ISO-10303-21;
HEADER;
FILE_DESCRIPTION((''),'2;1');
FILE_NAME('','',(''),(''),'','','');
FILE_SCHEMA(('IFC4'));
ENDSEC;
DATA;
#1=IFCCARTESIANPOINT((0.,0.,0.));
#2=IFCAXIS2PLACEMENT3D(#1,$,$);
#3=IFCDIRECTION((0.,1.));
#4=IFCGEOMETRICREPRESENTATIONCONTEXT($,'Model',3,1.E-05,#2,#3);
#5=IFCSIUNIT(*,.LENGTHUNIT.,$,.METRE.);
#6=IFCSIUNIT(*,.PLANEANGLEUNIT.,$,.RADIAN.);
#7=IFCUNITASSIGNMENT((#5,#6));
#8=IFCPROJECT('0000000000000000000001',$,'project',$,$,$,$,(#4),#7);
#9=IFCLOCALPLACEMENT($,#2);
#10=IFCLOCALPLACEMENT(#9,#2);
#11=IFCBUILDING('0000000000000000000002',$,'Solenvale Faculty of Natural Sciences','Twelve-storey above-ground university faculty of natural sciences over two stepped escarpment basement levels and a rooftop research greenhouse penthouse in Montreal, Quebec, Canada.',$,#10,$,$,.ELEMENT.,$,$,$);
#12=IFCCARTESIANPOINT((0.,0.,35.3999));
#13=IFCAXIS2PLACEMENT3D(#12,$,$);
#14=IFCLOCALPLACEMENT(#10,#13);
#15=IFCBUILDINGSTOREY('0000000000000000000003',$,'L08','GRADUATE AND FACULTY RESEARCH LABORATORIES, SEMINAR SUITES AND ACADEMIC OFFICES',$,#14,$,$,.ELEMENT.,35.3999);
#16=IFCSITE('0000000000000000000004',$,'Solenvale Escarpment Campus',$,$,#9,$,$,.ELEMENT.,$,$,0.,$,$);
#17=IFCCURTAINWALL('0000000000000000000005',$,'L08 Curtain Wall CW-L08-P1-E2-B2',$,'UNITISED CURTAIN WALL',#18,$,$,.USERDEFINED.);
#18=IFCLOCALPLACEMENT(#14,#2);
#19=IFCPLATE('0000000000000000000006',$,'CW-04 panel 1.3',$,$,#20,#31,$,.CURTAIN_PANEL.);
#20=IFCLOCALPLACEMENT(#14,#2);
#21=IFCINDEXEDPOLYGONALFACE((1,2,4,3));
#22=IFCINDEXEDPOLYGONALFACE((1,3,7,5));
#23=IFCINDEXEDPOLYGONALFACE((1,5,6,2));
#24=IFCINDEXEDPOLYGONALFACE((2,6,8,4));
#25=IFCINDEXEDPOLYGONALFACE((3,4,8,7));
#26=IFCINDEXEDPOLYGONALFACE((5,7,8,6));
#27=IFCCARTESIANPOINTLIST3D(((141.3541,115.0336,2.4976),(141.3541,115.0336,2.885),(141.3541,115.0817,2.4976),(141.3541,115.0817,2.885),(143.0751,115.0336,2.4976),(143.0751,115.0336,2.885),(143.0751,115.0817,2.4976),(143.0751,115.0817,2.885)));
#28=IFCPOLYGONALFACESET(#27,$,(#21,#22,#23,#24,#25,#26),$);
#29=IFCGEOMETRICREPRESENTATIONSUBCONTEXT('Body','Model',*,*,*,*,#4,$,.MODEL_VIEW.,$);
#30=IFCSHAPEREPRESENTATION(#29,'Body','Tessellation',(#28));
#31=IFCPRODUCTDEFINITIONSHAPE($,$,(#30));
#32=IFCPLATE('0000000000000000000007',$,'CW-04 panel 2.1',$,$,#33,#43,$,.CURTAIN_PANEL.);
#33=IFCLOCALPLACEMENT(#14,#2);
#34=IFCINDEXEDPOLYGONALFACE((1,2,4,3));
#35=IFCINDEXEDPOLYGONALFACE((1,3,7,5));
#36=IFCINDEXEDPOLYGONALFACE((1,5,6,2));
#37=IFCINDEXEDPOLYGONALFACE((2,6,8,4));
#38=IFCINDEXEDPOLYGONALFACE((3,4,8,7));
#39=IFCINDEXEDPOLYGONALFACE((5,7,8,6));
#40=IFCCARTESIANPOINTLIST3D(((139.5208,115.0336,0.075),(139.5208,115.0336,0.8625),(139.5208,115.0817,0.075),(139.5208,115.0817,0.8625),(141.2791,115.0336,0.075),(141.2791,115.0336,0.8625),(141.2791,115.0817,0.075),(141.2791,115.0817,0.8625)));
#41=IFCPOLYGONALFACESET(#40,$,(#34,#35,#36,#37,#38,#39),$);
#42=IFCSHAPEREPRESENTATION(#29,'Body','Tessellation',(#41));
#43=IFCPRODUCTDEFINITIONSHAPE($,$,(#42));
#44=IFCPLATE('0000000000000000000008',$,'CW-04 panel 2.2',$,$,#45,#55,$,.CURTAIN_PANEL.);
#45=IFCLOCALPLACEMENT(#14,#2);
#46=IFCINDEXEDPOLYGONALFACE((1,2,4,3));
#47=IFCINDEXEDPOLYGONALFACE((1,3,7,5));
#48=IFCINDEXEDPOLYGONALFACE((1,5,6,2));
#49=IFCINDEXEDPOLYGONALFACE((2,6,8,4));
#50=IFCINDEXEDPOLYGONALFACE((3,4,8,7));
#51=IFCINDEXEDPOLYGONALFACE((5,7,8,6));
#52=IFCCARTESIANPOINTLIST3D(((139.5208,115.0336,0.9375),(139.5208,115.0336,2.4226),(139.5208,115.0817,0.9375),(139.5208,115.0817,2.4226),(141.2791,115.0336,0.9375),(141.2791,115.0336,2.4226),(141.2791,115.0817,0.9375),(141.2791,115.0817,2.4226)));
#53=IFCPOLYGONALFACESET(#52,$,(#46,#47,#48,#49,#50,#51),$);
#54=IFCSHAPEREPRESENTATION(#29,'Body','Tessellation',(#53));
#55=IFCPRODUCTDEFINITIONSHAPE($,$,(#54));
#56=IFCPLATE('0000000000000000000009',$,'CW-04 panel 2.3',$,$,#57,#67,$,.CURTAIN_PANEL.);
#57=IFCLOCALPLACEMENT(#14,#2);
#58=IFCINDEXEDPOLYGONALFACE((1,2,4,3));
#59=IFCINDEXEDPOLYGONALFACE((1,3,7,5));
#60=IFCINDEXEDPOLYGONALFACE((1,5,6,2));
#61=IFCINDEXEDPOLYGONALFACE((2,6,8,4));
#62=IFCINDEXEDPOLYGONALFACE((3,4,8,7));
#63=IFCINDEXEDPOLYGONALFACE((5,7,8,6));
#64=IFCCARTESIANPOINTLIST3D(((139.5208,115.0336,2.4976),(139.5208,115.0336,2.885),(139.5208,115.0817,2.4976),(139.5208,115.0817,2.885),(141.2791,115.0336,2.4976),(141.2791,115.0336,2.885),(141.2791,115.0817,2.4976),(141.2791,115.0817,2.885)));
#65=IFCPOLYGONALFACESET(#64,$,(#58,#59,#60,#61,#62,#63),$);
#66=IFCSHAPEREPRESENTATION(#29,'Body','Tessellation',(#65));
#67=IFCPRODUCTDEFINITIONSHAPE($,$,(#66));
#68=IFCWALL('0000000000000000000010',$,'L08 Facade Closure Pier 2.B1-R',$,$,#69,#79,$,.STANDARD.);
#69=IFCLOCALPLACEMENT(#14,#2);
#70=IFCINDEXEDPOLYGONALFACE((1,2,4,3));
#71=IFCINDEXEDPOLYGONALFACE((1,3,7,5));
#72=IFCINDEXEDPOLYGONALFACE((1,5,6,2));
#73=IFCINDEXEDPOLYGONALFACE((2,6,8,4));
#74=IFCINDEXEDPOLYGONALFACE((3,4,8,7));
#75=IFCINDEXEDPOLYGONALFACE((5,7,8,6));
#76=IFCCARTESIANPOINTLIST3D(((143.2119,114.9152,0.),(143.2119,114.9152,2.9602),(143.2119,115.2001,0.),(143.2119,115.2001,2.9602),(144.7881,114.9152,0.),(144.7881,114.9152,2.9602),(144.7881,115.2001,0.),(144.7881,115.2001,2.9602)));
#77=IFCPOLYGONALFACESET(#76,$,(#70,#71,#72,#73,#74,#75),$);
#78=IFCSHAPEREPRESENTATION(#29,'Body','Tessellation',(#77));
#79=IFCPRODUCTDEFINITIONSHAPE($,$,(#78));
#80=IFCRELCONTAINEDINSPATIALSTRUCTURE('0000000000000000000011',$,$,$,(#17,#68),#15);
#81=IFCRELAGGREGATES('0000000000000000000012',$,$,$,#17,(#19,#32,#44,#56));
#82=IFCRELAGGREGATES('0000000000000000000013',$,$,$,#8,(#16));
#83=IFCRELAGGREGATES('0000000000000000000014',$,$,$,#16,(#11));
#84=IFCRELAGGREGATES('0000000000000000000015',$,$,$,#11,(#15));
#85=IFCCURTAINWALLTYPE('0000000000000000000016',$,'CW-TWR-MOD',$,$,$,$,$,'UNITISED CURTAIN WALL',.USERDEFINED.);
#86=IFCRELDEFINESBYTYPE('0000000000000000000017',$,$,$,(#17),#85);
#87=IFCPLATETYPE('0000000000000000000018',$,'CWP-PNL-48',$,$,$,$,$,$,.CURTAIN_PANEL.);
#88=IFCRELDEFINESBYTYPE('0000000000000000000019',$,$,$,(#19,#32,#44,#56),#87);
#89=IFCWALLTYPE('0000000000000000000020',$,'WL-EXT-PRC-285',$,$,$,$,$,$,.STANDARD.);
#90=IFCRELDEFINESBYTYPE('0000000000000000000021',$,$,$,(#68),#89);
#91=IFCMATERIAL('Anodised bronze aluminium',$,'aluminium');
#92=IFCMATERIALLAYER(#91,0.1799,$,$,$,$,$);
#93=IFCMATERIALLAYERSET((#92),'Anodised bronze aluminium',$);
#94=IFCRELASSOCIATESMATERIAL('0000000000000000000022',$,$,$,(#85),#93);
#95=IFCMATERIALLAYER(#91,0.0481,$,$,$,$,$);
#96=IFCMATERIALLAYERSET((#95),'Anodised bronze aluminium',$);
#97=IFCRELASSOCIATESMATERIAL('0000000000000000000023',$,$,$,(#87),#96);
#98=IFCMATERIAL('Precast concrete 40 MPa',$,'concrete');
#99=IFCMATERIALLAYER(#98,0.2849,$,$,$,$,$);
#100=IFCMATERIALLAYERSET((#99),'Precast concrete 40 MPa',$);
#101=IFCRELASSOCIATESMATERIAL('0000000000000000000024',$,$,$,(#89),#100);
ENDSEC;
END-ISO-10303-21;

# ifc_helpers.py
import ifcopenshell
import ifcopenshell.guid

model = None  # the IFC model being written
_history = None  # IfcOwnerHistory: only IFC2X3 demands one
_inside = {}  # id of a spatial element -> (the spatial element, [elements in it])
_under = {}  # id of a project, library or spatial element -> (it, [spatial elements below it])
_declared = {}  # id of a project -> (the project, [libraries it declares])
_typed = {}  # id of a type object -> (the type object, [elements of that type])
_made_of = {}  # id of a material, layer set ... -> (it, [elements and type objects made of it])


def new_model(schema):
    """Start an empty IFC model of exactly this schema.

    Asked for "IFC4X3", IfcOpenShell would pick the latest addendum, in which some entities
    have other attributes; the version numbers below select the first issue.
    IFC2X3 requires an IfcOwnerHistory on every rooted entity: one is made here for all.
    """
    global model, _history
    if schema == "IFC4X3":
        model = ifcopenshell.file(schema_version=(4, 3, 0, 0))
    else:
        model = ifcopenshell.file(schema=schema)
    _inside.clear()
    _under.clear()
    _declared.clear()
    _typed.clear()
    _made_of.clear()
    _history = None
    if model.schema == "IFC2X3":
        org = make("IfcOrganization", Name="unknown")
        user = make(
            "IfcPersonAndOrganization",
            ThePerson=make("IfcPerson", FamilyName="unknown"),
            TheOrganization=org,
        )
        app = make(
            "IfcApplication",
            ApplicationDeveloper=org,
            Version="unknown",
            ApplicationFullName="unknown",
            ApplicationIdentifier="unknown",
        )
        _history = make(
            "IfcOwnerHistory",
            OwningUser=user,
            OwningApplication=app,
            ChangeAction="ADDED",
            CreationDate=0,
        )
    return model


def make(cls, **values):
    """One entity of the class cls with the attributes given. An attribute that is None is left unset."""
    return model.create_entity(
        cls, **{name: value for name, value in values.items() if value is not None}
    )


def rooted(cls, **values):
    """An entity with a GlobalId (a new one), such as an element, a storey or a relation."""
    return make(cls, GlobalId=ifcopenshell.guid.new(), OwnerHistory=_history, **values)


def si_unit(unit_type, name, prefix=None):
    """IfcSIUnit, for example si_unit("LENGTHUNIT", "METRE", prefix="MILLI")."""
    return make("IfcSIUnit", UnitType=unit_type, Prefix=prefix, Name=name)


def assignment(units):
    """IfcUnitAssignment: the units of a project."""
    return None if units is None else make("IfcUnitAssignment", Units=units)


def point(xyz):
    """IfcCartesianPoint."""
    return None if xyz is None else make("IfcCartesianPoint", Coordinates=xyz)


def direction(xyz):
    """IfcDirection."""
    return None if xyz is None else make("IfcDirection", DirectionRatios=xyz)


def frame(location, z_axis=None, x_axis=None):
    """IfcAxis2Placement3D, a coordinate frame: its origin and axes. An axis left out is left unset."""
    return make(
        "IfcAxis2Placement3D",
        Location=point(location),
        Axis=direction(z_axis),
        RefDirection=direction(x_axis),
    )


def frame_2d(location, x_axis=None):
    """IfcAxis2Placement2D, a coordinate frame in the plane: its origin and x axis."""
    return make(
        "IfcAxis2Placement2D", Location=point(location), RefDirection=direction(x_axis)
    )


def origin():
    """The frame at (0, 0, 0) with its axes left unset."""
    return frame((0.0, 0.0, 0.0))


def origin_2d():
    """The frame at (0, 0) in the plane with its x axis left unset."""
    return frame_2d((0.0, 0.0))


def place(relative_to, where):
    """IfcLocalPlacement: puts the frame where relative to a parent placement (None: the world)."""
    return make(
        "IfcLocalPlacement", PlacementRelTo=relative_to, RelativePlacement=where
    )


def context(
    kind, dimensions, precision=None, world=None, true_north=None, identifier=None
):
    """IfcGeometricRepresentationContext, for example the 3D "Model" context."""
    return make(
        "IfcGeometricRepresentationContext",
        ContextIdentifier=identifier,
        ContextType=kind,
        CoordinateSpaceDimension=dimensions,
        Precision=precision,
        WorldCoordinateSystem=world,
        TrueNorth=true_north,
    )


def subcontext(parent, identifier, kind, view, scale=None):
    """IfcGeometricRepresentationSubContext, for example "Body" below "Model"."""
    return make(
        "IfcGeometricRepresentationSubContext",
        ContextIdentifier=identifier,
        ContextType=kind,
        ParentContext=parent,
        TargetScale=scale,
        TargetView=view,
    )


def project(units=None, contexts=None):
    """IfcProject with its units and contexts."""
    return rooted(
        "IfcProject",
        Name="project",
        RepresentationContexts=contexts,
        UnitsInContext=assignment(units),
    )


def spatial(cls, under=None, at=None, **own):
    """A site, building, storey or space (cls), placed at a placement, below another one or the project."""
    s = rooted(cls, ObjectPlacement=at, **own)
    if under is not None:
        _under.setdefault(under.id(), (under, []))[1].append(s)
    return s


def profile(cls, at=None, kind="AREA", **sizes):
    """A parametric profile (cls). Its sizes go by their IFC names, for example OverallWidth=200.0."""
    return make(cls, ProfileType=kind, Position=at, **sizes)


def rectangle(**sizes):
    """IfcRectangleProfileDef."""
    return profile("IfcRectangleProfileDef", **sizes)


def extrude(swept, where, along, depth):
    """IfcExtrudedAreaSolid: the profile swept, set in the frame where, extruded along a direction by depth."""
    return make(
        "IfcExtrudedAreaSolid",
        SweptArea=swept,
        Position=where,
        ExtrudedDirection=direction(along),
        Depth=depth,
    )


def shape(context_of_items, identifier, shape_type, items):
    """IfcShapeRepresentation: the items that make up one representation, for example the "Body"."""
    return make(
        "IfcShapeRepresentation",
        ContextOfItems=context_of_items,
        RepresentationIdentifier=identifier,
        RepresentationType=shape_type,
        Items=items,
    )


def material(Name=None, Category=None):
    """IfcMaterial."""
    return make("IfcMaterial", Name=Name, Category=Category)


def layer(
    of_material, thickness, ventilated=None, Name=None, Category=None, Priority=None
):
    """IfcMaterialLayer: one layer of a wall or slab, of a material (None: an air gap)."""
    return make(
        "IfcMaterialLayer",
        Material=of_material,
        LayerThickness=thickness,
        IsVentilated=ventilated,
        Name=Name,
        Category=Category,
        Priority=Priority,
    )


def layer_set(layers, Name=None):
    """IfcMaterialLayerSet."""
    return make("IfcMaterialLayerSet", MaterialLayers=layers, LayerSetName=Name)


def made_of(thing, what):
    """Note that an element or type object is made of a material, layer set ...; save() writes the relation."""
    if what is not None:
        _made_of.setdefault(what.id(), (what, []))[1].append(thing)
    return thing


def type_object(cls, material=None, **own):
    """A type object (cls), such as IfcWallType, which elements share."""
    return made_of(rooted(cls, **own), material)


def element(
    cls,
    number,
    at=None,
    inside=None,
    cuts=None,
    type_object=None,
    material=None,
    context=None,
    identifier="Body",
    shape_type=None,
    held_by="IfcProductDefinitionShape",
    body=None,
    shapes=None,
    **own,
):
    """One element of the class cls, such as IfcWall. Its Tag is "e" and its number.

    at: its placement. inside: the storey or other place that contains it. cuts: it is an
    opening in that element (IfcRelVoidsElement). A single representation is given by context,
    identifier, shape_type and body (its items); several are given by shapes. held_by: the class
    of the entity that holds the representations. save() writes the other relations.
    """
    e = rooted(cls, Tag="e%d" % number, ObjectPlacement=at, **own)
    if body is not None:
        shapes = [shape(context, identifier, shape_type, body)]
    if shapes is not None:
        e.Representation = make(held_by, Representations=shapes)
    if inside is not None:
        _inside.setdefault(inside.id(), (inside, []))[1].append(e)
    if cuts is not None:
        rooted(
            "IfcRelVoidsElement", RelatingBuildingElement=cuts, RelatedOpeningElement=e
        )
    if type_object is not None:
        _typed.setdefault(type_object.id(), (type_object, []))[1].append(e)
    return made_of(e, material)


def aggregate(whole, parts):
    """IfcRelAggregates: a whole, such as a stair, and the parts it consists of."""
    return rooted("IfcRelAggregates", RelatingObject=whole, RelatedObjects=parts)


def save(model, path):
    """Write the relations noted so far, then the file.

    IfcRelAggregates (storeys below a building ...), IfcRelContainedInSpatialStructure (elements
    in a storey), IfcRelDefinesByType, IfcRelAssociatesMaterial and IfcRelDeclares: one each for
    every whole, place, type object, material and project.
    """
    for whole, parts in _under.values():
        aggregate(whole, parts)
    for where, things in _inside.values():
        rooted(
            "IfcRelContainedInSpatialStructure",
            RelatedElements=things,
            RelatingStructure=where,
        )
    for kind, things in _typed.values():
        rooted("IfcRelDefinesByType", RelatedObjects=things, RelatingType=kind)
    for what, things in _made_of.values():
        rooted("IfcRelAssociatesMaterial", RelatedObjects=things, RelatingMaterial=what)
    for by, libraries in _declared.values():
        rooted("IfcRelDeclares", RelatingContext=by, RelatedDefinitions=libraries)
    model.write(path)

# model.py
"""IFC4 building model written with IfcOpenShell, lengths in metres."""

from ifc_helpers import new_model, si_unit, direction, frame, frame_2d, origin, origin_2d, place, context, subcontext, project, spatial, rectangle, extrude, material, layer, layer_set, type_object, element, aggregate, save


model = new_model("IFC4")

# Units and contexts
model_context = context("Model", 3, precision=1e-05, world=origin(), true_north=direction((0.0, 1.0)))
body_context = subcontext(model_context, "Body", "Model", "MODEL_VIEW")
ifc_project = project(units=[si_unit("LENGTHUNIT", "METRE"), si_unit("PLANEANGLEUNIT", "RADIAN")], contexts=[model_context])

# Site, building, storey
site_placement = place(None, origin())
site = spatial("IfcSite", under=ifc_project, at=site_placement, Name="Solenvale Escarpment Campus", CompositionType="ELEMENT", RefElevation=0.0)
building_placement = place(site_placement, origin())
building = spatial("IfcBuilding", under=site, at=building_placement, Name="Solenvale Faculty of Natural Sciences", Description="Twelve-storey above-ground university faculty of natural sciences over two stepped escarpment basement levels and a rooftop research greenhouse penthouse in Montreal, Quebec, Canada.", CompositionType="ELEMENT")
storey_placement = place(building_placement, frame((0.0, 0.0, 35.3999)))
storey = spatial("IfcBuildingStorey", under=building, at=storey_placement, Name="L08", Description="GRADUATE AND FACULTY RESEARCH LABORATORIES, SEMINAR SUITES AND ACADEMIC OFFICES", CompositionType="ELEMENT", Elevation=35.3999)

# Shared definitions
ifc_material_1 = material(Name="Precast concrete 40 MPa", Category="concrete")

# Curtain wall
ifc_material_2 = material(Name="Anodised bronze aluminium", Category="aluminium")
ifc_layer_1 = layer(ifc_material_2, 0.1799)
ifc_layer_set_1 = layer_set([ifc_layer_1], Name="Anodised bronze aluminium")
curtain_wall_type = type_object("IfcCurtainWallType", Name="CW-TWR-MOD", ElementType="UNITISED CURTAIN WALL", PredefinedType="USERDEFINED", material=ifc_layer_set_1)
curtain_wall_1_placement = place(storey_placement, origin())
curtain_wall_1 = element("IfcCurtainWall", 1, at=curtain_wall_1_placement, inside=storey, type_object=curtain_wall_type, Name="L08 Curtain Wall CW-L08-P1-E2-B2", ObjectType="UNITISED CURTAIN WALL", PredefinedType="USERDEFINED")

# Plates
ifc_layer_2 = layer(ifc_material_2, 0.0481)
ifc_layer_set_2 = layer_set([ifc_layer_2], Name="Anodised bronze aluminium")
plate_type_1 = type_object("IfcPlateType", Name="CWP-PNL-48", PredefinedType="CURTAIN_PANEL", material=ifc_layer_set_2)
plate_1_placement = place(storey_placement, frame((142.2146, 115.0576, 2.4976), z_axis=(0.0, 0.0, 1.0), x_axis=(-1.0, 0.0, 0.0)))
plate_1 = element("IfcPlate", 2, at=plate_1_placement, type_object=plate_type_1, Name="CW-04 panel 1.3", PredefinedType="CURTAIN_PANEL", context=body_context, shape_type="SweptSolid", body=[
    extrude(rectangle(XDim=1.7209, YDim=0.0481, at=origin_2d()), origin(), (0.0, 0.0, 1.0), 0.3875),
])
plate_2_placement = place(storey_placement, frame((140.3999, 115.0576, 0.075), z_axis=(0.0, 0.0, 1.0), x_axis=(-1.0, 0.0, 0.0)))
plate_2 = element("IfcPlate", 3, at=plate_2_placement, type_object=plate_type_1, Name="CW-04 panel 2.1", PredefinedType="CURTAIN_PANEL", context=body_context, shape_type="SweptSolid", body=[
    extrude(rectangle(XDim=1.7583, YDim=0.0481, at=origin_2d()), origin(), (0.0, 0.0, 1.0), 0.7876),
])
plate_3_placement = place(storey_placement, frame((140.3999, 115.0576, 0.9375), z_axis=(0.0, 0.0, 1.0), x_axis=(-1.0, 0.0, 0.0)))
plate_3 = element("IfcPlate", 4, at=plate_3_placement, type_object=plate_type_1, Name="CW-04 panel 2.2", PredefinedType="CURTAIN_PANEL", context=body_context, shape_type="SweptSolid", body=[
    extrude(rectangle(XDim=1.7583, YDim=0.0481, at=origin_2d()), origin(), (0.0, 0.0, 1.0), 1.4851),
])
plate_4_placement = place(storey_placement, frame((140.3999, 115.0576, 2.4976), z_axis=(0.0, 0.0, 1.0), x_axis=(-1.0, 0.0, 0.0)))
plate_4 = element("IfcPlate", 5, at=plate_4_placement, type_object=plate_type_1, Name="CW-04 panel 2.3", PredefinedType="CURTAIN_PANEL", context=body_context, shape_type="SweptSolid", body=[
    extrude(rectangle(XDim=1.7583, YDim=0.0481, at=origin_2d()), origin(), (0.0, 0.0, 1.0), 0.3875),
])
aggregate(curtain_wall_1, [plate_1, plate_2, plate_3, plate_4])

# Wall
ifc_layer_3 = layer(ifc_material_1, 0.2849)
ifc_layer_set_3 = layer_set([ifc_layer_3], Name="Precast concrete 40 MPa")
wall_type = type_object("IfcWallType", Name="WL-EXT-PRC-285", PredefinedType="STANDARD", material=ifc_layer_set_3)
wall_placement = place(storey_placement, frame((144.7881, 115.0576, 0.0), z_axis=(0.0, 0.0, 1.0), x_axis=(-1.0, 0.0, 0.0)))
element("IfcWall", 6, at=wall_placement, inside=storey, type_object=wall_type, Name="L08 Facade Closure Pier 2.B1-R", PredefinedType="STANDARD", context=body_context, shape_type="SweptSolid", body=[
    extrude(rectangle(XDim=1.5762, YDim=0.2849, at=frame_2d((0.7881, 0.0))), origin(), (0.0, 0.0, 1.0), 2.9602),
])

save(model, "model.ifc")
